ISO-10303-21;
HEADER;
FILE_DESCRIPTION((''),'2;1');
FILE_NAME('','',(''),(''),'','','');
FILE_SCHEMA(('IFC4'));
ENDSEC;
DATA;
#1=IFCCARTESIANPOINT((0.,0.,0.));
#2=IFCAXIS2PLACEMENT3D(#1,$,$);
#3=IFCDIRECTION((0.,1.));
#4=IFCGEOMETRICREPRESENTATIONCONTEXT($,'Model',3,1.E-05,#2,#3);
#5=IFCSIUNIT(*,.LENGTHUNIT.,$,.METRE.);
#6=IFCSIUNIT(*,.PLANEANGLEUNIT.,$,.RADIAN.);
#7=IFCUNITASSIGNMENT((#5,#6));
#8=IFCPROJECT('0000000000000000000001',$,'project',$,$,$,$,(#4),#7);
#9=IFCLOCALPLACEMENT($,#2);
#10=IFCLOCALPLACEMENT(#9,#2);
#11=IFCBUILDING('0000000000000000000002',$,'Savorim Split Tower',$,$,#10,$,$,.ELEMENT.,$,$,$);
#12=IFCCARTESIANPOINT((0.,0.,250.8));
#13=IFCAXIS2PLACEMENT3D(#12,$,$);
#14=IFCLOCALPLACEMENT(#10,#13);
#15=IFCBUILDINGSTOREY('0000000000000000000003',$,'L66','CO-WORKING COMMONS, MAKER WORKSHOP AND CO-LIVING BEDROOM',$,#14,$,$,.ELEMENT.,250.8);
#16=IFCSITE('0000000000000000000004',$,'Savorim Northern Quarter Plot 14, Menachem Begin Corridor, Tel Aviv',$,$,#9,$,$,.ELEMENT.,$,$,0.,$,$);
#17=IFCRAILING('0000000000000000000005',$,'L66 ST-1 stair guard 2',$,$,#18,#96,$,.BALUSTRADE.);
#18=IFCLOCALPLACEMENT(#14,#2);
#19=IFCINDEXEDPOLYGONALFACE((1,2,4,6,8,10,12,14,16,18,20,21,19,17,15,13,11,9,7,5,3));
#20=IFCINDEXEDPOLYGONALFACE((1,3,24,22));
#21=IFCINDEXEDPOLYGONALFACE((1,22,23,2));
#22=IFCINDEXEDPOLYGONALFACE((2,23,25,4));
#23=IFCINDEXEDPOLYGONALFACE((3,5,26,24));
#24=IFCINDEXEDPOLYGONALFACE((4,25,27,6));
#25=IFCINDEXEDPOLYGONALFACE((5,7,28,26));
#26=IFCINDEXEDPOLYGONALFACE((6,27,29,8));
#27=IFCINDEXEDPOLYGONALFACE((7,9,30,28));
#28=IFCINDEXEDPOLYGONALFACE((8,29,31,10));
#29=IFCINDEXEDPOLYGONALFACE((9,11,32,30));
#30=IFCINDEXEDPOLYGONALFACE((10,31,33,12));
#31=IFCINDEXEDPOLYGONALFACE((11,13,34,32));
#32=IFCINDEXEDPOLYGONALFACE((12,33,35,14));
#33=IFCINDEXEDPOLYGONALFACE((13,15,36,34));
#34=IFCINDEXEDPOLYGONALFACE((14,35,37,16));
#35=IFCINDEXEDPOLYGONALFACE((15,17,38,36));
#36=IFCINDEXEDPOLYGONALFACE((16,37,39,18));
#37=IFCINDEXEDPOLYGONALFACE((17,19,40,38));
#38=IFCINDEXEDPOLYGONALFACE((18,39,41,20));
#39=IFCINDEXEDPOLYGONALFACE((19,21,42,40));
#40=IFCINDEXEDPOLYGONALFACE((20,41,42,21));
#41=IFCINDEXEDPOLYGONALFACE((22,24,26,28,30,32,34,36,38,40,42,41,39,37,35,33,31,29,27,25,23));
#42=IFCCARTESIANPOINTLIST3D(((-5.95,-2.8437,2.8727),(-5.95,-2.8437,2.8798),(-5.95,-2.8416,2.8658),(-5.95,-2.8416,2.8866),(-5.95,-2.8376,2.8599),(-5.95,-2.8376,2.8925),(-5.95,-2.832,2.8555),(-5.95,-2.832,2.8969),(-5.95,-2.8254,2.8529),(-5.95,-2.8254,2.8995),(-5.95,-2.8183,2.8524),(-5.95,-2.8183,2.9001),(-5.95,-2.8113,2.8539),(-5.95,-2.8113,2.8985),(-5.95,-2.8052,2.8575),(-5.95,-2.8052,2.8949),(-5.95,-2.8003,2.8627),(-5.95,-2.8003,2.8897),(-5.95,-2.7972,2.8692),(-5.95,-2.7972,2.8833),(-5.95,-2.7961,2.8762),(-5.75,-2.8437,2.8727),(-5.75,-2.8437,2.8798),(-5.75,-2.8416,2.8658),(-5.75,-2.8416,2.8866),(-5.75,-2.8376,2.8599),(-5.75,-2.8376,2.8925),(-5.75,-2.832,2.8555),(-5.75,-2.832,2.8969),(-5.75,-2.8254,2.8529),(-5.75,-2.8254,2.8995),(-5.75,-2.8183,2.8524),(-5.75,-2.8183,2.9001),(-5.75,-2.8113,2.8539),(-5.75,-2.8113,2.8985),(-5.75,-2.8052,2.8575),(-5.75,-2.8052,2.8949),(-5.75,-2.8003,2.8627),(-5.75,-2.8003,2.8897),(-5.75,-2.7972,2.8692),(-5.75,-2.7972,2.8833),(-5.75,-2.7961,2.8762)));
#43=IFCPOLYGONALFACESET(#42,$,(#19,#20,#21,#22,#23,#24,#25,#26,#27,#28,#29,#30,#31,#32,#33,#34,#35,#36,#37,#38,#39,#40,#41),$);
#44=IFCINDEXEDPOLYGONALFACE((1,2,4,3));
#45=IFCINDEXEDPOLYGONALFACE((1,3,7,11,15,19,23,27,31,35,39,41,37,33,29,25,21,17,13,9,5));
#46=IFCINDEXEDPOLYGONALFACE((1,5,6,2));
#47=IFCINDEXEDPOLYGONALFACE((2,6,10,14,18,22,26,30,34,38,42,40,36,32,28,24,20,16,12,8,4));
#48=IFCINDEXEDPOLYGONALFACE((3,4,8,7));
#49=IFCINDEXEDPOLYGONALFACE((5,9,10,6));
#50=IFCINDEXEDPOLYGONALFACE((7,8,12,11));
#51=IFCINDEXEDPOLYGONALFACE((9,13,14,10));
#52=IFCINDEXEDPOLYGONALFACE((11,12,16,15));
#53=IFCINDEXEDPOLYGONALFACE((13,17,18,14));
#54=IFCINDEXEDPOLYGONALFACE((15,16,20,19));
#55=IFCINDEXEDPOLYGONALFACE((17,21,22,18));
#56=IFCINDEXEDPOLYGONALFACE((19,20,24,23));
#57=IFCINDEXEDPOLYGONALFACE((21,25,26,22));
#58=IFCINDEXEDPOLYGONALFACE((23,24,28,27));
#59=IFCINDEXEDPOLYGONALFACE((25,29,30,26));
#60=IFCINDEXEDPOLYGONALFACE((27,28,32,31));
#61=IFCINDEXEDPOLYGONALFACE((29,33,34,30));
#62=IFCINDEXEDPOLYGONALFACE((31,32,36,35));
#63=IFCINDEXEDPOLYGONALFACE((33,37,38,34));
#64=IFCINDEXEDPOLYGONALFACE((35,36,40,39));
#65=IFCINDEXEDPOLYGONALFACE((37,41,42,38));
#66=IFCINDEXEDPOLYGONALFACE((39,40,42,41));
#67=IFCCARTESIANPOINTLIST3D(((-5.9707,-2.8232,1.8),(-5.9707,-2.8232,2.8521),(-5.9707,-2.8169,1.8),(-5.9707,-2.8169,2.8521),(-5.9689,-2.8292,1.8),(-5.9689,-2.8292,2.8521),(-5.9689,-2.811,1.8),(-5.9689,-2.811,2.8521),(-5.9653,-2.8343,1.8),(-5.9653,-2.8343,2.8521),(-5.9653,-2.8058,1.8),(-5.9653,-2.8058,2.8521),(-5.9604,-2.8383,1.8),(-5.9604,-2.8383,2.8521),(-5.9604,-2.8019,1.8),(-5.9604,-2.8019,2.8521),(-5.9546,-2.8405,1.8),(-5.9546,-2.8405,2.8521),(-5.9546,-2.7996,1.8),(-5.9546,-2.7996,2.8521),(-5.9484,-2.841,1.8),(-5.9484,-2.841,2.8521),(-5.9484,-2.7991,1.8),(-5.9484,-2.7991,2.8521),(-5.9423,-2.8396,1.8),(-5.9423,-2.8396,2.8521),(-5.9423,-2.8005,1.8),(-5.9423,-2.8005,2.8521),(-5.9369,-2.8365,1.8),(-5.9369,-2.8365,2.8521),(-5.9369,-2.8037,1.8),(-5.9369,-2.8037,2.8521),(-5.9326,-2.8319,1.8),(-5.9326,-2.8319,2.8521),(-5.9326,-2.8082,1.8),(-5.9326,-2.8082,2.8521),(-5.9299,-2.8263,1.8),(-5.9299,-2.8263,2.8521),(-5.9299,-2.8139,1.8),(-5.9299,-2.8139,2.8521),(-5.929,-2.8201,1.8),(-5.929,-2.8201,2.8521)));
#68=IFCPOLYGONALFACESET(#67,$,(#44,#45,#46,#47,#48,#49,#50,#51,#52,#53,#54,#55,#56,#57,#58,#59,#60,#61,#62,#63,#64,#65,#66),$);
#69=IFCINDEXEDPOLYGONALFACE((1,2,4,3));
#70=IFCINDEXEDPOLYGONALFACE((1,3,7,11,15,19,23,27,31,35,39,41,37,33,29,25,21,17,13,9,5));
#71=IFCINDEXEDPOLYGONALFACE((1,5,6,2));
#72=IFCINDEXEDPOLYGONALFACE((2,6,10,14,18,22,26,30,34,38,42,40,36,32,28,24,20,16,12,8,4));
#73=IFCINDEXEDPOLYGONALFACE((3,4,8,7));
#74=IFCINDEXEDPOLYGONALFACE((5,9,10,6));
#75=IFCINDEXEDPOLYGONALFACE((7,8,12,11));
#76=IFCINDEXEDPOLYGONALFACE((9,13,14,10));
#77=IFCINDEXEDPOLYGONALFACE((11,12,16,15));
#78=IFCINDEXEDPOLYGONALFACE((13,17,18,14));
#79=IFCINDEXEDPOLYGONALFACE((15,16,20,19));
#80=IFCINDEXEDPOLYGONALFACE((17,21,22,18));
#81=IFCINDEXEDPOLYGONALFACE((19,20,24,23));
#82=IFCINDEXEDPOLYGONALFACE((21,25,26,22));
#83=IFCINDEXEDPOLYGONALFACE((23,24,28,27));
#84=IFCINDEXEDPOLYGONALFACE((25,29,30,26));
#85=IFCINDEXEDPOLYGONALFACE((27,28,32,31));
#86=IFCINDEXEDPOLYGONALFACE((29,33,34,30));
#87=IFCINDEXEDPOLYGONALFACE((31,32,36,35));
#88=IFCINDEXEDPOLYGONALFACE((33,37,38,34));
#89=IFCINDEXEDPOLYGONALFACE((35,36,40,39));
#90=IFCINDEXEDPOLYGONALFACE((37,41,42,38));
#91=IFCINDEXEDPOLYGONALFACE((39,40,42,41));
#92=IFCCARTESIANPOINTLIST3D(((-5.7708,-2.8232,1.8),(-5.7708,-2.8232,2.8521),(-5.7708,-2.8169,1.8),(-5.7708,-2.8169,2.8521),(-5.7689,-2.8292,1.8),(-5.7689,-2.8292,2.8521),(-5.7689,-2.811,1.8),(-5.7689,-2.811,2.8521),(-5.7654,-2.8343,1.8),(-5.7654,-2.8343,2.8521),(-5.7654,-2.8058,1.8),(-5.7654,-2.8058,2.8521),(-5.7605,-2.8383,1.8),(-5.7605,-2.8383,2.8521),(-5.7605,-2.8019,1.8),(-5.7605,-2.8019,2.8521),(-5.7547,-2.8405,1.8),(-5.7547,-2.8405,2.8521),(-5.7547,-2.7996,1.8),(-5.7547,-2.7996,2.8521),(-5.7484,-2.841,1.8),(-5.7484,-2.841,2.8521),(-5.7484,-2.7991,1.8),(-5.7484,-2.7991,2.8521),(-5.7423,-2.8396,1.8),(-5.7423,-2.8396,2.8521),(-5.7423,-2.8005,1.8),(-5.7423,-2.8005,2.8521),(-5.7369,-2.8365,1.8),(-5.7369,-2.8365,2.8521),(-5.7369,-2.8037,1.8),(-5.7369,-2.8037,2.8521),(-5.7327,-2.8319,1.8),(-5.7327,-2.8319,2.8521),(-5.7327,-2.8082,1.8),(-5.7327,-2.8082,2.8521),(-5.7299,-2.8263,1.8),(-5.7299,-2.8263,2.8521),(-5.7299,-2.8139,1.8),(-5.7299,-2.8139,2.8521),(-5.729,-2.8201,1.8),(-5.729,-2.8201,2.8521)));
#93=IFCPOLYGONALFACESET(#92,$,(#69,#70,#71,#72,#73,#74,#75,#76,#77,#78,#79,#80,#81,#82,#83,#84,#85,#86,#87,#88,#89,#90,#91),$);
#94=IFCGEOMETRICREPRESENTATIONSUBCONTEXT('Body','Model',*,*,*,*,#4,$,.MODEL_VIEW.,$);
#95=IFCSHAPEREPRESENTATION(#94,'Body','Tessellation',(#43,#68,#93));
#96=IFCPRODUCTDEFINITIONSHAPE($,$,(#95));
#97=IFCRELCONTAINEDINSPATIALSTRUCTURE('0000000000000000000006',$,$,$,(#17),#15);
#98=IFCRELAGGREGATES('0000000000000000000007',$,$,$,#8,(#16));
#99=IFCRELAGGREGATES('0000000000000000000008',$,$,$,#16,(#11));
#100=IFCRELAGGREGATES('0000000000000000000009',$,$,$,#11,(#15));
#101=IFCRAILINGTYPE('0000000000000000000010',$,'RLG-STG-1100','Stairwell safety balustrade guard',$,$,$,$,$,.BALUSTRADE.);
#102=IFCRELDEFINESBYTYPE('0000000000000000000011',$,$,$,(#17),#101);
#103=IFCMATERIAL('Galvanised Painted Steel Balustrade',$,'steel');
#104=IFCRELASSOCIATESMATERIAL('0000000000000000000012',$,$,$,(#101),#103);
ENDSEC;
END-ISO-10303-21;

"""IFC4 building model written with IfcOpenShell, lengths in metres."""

from ifc_helpers import new_model, si_unit, direction, frame, origin, origin_2d, place, context, subcontext, project, spatial, circle, extrude, material, type_object, element, save


model = new_model("IFC4")

# Units and contexts
model_context = context("Model", 3, precision=1e-05, world=origin(), true_north=direction((0.0, 1.0)))
body_context = subcontext(model_context, "Body", "Model", "MODEL_VIEW")
ifc_project = project(units=[si_unit("LENGTHUNIT", "METRE"), si_unit("PLANEANGLEUNIT", "RADIAN")], contexts=[model_context])

# Site, building, storey
site_placement = place(None, origin())
site = spatial("IfcSite", under=ifc_project, at=site_placement, Name="Savorim Northern Quarter Plot 14, Menachem Begin Corridor, Tel Aviv", CompositionType="ELEMENT", RefElevation=0.0)
building_placement = place(site_placement, origin())
building = spatial("IfcBuilding", under=site, at=building_placement, Name="Savorim Split Tower", CompositionType="ELEMENT")
storey_placement = place(building_placement, frame((0.0, 0.0, 250.8)))
storey = spatial("IfcBuildingStorey", under=building, at=storey_placement, Name="L66", Description="CO-WORKING COMMONS, MAKER WORKSHOP AND CO-LIVING BEDROOM", CompositionType="ELEMENT", Elevation=250.8)

# Railing
ifc_material_1 = material(Name="Galvanised Painted Steel Balustrade", Category="steel")
railing_type_1 = type_object("IfcRailingType", Name="RLG-STG-1100", Description="Stairwell safety balustrade guard", PredefinedType="BALUSTRADE", material=ifc_material_1)
railing_1_placement = place(storey_placement, frame((-5.95, -2.8201, 1.8)))
element("IfcRailing", 1, at=railing_1_placement, inside=storey, type_object=railing_type_1, Name="L66 ST-1 stair guard 2", PredefinedType="BALUSTRADE", context=body_context, shape_type="SweptSolid", body=[
    extrude(circle(Radius=0.0239, at=origin_2d()), frame((0.0, 0.0, 1.0762), z_axis=(1.0, 0.0, 0.0), x_axis=(0.0, 1.0, 0.0)), (0.0, 0.0, 1.0), 0.2),
    extrude(circle(Radius=0.021, at=origin_2d()), origin(), (0.0, 0.0, 1.0), 1.052),
    extrude(circle(Radius=0.021, at=origin_2d()), frame((0.2, 0.0, 0.0)), (0.0, 0.0, 1.0), 1.052),
])

save(model, "model.ifc")
